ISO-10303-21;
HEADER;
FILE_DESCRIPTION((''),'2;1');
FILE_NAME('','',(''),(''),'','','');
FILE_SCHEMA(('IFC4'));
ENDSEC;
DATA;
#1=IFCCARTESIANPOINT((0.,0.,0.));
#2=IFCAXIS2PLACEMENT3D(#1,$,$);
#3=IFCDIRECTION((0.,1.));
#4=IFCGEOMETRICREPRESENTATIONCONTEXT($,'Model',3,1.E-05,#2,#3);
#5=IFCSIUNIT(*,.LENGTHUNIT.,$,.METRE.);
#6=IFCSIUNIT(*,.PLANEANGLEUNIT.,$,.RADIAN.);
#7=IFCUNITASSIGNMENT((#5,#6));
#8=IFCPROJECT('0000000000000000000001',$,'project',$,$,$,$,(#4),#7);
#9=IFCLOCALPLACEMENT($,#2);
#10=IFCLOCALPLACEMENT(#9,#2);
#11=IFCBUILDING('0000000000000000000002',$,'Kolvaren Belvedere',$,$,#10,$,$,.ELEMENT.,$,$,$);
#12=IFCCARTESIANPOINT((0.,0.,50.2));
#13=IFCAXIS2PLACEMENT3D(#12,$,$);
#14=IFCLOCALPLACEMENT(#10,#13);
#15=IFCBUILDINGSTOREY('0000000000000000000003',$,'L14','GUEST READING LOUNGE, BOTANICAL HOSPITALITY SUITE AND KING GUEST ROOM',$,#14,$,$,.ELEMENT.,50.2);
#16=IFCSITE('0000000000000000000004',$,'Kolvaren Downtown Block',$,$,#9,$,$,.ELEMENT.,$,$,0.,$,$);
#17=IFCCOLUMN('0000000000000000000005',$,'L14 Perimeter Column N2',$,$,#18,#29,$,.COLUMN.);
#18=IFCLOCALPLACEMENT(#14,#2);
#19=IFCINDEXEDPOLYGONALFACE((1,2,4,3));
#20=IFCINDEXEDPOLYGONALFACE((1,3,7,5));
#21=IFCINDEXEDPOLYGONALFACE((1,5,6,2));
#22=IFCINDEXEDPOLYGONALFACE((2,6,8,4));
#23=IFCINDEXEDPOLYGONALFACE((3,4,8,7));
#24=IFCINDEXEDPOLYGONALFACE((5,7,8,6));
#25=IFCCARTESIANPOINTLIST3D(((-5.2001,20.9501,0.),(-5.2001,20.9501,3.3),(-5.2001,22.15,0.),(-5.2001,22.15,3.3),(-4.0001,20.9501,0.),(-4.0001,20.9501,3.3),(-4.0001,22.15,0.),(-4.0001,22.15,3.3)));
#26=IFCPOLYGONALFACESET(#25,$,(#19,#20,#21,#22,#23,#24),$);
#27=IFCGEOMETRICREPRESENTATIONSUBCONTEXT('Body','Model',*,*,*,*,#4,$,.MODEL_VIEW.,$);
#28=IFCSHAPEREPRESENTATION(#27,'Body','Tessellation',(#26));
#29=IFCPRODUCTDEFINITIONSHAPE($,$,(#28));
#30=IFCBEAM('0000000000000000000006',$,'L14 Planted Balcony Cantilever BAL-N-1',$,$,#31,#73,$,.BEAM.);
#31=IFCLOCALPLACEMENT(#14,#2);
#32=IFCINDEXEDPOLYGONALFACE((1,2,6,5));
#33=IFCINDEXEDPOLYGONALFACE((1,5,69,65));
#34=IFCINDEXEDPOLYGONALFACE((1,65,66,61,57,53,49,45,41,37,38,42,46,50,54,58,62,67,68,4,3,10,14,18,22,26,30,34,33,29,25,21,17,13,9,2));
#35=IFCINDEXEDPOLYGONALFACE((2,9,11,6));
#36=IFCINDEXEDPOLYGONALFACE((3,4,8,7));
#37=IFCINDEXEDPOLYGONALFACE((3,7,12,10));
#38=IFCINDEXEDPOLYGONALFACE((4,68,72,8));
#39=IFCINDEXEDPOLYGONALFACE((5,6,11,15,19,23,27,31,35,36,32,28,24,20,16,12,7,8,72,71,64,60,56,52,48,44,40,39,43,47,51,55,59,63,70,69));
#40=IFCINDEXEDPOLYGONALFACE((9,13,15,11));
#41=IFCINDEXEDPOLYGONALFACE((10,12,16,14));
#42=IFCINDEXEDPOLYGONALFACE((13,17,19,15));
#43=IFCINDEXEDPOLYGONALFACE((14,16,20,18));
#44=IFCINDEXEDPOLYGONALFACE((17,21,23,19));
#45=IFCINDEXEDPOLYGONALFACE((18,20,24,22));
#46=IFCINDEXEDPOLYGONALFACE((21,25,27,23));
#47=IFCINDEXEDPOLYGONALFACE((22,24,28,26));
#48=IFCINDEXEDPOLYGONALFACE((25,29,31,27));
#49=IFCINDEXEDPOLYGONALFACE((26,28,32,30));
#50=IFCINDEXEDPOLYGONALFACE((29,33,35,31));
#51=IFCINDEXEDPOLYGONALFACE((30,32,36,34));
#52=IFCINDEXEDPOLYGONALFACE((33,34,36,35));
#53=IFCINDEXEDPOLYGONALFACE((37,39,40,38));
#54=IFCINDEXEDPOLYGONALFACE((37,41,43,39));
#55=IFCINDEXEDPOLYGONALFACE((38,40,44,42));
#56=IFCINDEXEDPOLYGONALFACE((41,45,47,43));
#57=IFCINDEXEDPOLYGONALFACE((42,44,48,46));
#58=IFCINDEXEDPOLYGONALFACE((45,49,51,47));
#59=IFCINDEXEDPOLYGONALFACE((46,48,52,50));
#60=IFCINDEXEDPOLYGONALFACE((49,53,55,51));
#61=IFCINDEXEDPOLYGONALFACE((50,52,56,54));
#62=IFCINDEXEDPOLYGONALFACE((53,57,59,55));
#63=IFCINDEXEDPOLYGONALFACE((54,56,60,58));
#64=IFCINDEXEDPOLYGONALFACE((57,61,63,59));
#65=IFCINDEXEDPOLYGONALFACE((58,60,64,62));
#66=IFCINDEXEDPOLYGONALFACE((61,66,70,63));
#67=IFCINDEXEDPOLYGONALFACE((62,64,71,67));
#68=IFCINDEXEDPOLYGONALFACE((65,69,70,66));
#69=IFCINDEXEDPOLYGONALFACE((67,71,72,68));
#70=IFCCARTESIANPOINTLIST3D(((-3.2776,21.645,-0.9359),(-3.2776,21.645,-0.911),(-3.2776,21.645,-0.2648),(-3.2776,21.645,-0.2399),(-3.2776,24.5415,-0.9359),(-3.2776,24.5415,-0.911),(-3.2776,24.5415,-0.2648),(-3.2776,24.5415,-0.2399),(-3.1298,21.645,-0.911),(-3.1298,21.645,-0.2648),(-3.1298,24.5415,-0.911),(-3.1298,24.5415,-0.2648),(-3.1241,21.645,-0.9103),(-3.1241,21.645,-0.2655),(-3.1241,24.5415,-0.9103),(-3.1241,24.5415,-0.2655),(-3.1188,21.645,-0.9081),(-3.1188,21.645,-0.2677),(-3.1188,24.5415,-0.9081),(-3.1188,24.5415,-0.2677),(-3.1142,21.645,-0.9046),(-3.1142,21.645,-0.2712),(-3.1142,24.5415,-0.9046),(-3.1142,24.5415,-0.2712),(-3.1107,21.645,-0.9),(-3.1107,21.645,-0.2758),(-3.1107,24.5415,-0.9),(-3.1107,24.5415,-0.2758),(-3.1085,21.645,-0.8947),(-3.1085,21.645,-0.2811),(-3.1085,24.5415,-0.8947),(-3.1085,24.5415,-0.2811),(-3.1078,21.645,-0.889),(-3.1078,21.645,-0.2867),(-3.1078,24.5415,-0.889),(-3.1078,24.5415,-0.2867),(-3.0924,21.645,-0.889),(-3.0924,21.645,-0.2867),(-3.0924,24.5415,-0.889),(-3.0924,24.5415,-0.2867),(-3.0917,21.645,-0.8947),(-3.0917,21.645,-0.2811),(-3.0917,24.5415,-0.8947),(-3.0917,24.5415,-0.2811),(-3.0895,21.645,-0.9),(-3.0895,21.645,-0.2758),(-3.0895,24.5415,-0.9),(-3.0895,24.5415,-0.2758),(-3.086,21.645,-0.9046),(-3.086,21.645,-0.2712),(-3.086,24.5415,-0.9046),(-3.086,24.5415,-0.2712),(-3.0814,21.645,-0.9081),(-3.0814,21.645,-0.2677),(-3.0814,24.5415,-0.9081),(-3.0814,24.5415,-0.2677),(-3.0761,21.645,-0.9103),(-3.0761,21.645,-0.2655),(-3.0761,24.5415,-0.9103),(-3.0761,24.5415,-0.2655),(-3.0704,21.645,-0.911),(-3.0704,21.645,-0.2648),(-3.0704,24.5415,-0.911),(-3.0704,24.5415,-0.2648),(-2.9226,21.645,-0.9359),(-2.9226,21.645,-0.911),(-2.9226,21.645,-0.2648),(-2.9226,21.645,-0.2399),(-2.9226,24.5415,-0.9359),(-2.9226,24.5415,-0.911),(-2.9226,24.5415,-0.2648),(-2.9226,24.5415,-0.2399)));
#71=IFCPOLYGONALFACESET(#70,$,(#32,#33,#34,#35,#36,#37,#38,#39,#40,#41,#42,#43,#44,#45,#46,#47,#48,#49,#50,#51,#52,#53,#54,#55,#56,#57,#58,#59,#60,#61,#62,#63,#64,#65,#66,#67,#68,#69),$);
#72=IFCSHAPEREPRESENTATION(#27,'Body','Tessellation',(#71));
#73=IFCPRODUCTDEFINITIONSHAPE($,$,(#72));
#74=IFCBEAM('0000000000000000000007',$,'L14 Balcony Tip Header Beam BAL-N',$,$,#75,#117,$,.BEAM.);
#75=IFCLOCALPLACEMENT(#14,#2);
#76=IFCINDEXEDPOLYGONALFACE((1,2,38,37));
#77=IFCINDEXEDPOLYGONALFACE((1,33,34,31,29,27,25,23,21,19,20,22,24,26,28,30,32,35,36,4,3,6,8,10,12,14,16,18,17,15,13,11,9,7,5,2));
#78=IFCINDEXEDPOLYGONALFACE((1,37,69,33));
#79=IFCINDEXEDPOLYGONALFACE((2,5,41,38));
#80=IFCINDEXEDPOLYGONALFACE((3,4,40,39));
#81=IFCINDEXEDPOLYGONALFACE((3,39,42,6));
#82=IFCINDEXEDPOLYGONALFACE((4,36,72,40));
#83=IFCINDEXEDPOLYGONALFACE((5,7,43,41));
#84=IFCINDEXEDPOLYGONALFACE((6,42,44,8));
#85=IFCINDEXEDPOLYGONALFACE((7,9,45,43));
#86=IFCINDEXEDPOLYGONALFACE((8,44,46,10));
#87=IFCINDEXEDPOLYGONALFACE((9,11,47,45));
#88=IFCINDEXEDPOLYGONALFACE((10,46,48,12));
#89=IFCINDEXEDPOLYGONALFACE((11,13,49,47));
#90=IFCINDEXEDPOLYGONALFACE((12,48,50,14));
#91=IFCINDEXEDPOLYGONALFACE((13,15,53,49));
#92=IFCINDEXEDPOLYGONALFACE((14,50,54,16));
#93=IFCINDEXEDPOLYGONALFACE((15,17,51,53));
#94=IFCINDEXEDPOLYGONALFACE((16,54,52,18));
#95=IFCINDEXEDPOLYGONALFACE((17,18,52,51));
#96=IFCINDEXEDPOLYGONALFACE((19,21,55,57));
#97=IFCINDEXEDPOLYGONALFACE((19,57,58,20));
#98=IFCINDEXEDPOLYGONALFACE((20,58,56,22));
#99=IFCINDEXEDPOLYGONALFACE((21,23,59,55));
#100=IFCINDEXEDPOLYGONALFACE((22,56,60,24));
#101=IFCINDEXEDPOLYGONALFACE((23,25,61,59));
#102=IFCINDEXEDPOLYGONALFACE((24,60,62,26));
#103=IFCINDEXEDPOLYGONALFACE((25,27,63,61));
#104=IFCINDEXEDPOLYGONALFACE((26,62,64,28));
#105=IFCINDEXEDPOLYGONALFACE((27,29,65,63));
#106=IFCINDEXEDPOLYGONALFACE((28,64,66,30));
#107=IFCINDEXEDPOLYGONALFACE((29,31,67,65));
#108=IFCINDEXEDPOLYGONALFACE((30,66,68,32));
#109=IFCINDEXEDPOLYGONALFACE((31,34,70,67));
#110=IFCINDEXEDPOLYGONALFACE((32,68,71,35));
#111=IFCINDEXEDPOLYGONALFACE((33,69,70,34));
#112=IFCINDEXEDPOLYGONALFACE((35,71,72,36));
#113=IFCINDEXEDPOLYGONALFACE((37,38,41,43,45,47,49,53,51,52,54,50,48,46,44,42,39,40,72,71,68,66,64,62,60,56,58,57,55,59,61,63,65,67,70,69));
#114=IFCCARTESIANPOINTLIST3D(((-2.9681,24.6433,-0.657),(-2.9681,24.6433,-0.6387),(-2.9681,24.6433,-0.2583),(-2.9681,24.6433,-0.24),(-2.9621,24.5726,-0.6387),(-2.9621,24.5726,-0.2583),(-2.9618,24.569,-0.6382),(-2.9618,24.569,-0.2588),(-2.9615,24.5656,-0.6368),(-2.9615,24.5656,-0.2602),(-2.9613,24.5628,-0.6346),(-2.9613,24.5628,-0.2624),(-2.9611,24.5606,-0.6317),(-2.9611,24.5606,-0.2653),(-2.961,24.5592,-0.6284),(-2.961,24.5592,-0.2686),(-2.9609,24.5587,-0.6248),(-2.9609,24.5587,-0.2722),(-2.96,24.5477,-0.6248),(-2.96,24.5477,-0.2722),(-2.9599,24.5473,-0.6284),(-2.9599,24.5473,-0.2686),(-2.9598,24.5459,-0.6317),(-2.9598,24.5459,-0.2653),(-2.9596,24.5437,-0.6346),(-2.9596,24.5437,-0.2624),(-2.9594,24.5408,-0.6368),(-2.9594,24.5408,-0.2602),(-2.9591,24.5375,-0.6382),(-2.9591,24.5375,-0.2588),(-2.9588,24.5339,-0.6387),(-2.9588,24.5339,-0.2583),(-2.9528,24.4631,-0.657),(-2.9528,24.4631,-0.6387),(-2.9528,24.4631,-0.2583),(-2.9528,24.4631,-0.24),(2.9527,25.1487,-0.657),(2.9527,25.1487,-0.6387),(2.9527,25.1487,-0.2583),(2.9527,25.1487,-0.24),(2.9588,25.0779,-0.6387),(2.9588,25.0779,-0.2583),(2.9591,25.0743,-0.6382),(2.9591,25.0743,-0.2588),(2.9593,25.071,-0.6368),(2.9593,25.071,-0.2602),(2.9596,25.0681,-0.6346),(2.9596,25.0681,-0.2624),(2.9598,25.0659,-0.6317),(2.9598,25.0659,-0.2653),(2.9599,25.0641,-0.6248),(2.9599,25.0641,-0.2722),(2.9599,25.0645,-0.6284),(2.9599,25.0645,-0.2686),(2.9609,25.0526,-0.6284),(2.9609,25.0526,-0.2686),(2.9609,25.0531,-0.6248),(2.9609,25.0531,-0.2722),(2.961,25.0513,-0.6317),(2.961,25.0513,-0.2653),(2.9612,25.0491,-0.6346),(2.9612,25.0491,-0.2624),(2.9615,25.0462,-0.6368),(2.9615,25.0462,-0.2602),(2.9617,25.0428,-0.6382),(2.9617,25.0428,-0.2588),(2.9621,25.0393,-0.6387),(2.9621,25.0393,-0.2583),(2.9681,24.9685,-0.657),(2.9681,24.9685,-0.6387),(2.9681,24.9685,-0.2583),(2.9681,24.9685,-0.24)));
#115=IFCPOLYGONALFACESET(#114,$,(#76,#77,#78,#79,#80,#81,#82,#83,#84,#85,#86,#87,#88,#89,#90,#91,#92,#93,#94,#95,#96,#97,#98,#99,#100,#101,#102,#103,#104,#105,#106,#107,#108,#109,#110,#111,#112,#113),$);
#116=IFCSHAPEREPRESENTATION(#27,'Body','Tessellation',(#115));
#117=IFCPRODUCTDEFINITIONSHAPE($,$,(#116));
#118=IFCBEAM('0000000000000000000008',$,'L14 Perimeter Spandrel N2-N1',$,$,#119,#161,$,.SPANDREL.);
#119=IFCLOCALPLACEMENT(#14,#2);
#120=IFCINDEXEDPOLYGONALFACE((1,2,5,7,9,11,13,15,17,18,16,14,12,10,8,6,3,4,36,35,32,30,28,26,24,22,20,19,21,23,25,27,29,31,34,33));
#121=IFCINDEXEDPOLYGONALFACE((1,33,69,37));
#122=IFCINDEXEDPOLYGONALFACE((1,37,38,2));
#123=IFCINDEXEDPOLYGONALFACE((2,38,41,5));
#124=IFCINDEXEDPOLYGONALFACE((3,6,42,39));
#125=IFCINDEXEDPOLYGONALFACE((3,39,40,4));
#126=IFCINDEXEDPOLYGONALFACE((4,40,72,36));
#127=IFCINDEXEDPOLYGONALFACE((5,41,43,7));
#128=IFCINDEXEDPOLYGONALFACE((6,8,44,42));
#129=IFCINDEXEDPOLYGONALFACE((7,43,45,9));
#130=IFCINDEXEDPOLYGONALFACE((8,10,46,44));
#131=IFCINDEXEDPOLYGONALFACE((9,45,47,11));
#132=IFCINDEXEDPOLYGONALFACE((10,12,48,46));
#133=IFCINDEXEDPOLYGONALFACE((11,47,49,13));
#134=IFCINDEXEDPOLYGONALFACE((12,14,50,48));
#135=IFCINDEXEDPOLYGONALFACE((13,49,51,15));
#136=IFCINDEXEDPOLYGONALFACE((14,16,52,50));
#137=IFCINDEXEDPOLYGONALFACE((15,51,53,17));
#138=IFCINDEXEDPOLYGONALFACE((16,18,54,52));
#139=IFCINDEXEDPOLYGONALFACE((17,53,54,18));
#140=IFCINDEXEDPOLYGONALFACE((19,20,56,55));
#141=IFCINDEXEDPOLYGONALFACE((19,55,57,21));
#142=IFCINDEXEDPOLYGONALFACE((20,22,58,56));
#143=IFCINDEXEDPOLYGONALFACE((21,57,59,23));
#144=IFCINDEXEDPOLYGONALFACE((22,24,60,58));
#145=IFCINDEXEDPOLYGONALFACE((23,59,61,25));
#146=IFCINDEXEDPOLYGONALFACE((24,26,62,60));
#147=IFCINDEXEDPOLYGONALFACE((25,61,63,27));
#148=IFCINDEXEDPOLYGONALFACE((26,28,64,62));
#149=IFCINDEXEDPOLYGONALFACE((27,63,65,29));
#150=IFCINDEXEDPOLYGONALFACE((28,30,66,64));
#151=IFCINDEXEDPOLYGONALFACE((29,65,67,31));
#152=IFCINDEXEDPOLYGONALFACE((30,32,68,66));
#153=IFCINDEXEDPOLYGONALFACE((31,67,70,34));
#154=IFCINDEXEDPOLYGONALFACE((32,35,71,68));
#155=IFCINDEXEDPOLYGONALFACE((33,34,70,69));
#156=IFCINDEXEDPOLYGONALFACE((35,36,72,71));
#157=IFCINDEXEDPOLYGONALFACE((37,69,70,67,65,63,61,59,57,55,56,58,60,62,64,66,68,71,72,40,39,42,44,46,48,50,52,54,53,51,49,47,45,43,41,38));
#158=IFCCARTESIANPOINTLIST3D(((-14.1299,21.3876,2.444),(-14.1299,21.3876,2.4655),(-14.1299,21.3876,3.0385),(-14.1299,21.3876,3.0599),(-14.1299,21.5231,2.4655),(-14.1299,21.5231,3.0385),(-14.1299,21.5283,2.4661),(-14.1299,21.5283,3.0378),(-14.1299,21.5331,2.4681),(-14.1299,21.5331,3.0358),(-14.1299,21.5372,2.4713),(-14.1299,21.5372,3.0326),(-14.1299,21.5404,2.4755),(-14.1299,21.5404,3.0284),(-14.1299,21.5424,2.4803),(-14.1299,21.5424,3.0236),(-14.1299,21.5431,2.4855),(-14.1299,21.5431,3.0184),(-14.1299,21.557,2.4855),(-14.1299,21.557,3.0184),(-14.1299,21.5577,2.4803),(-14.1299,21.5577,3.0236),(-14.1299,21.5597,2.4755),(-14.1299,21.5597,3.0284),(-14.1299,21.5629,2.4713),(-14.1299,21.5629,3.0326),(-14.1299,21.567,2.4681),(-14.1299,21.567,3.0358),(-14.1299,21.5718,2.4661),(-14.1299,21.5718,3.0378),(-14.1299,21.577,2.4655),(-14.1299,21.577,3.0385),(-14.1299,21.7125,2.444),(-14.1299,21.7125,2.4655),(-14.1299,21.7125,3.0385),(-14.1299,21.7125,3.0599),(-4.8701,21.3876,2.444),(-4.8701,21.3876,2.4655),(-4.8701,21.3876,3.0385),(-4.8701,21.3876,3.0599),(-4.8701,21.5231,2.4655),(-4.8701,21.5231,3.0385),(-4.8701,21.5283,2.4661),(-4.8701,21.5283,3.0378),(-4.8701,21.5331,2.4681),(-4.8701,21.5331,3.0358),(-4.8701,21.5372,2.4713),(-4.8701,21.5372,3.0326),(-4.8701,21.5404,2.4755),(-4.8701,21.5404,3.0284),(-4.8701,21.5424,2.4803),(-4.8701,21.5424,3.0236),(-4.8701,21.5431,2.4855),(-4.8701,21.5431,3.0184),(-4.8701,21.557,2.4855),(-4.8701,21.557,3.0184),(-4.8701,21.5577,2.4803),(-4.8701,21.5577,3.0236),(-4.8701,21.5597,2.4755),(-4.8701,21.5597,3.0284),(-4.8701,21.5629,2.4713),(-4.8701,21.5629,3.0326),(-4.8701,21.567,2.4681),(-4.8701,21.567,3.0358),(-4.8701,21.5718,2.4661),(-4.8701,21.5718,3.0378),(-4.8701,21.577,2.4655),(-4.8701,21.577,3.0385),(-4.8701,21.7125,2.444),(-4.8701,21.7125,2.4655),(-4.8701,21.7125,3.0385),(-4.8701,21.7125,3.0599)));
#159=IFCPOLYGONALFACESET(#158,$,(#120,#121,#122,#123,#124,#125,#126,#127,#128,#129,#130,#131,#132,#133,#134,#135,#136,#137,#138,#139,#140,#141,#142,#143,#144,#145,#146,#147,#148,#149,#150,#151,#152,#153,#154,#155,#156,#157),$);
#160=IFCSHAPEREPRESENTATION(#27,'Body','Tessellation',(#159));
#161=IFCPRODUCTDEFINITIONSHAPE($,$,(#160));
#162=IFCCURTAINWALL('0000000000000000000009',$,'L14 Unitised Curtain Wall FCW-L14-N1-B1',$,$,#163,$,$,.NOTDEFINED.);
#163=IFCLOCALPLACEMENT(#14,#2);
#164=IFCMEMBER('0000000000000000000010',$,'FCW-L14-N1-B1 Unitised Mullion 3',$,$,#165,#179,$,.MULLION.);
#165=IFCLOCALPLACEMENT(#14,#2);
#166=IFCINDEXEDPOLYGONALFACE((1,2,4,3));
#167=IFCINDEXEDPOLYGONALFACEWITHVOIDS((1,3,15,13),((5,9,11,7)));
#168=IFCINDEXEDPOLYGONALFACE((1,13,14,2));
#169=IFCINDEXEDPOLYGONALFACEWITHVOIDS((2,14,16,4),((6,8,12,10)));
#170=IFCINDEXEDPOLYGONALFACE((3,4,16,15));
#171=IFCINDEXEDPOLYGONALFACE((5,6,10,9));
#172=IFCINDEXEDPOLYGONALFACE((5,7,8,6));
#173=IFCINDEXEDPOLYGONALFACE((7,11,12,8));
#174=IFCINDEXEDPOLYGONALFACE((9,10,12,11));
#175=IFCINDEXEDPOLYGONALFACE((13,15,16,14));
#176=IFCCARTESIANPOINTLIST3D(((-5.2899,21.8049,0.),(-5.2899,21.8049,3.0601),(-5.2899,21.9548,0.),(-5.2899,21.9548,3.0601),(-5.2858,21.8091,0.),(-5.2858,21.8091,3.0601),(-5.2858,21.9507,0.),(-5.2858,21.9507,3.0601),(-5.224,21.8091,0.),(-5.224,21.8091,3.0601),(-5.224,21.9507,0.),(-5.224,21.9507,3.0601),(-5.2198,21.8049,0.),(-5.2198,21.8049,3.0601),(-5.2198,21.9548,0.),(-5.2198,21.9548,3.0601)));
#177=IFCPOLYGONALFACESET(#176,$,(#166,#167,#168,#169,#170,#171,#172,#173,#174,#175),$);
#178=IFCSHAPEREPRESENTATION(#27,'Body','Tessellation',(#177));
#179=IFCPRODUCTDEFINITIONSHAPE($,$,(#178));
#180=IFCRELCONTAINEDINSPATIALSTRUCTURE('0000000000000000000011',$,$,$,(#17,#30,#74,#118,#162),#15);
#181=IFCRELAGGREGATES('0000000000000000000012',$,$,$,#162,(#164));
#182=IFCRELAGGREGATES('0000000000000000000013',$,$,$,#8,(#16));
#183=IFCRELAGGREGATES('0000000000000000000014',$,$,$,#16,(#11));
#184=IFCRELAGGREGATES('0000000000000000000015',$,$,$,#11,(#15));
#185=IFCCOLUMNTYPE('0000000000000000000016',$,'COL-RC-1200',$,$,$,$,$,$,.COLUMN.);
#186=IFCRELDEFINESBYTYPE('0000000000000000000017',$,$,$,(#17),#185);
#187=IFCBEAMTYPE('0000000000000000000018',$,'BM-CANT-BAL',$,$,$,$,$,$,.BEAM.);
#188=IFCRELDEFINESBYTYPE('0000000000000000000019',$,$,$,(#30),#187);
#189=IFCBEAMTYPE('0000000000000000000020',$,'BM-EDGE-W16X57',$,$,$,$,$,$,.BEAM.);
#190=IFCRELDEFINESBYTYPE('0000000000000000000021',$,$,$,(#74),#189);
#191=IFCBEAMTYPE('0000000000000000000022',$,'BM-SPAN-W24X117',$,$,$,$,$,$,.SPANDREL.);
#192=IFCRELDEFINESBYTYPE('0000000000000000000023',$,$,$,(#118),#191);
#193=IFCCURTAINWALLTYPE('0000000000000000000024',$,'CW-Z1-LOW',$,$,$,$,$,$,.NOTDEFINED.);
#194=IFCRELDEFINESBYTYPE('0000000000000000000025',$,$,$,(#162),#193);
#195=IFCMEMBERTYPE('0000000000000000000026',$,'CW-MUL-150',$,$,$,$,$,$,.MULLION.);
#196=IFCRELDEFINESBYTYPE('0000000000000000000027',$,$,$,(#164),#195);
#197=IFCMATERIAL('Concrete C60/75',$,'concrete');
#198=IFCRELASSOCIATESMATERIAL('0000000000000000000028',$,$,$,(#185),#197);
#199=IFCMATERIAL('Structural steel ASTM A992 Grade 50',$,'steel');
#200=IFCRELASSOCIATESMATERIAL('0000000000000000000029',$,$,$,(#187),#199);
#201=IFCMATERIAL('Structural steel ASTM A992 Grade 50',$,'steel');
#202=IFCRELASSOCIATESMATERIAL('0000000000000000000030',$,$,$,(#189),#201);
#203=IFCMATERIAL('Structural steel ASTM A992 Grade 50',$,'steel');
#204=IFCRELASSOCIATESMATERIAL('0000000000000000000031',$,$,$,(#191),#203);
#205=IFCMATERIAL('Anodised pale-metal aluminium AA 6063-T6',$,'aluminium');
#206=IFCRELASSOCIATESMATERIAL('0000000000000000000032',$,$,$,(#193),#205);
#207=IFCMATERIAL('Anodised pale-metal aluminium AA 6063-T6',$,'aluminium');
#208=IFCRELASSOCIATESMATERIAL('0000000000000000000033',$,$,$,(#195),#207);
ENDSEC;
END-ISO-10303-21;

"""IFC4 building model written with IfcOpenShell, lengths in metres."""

from ifc_helpers import new_model, si_unit, direction, frame, origin, origin_2d, place, context, subcontext, project, spatial, rectangle, hollow_rectangle, i_section, extrude, material, material_profile, profile_set, type_object, element, aggregate, save


model = new_model("IFC4")

# Units and contexts
model_context = context("Model", 3, precision=1e-05, world=origin(), true_north=direction((0.0, 1.0)))
body_context = subcontext(model_context, "Body", "Model", "MODEL_VIEW")
ifc_project = project(units=[si_unit("LENGTHUNIT", "METRE"), si_unit("PLANEANGLEUNIT", "RADIAN")], contexts=[model_context])

# Site, building, storey
site_placement = place(None, origin())
site = spatial("IfcSite", under=ifc_project, at=site_placement, Name="Kolvaren Downtown Block", CompositionType="ELEMENT", RefElevation=0.0)
building_placement = place(site_placement, origin())
building = spatial("IfcBuilding", under=site, at=building_placement, Name="Kolvaren Belvedere", CompositionType="ELEMENT")
storey_placement = place(building_placement, frame((0.0, 0.0, 50.2)))
storey = spatial("IfcBuildingStorey", under=building, at=storey_placement, Name="L14", Description="GUEST READING LOUNGE, BOTANICAL HOSPITALITY SUITE AND KING GUEST ROOM", CompositionType="ELEMENT", Elevation=50.2)

# Column
ifc_material_1 = material(Name="Concrete C60/75", Category="concrete")
ifc_material_profile_1 = material_profile(ifc_material_1, rectangle(XDim=1.2, YDim=1.2, at=origin_2d()), Name="RC 1200X1200")
ifc_profile_set_1 = profile_set([ifc_material_profile_1], Name="Concrete C60/75")
column_type = type_object("IfcColumnType", Name="COL-RC-1200", PredefinedType="COLUMN", material=ifc_profile_set_1)
column_placement = place(storey_placement, frame((-4.6001, 21.55, 0.0), z_axis=(0.0, 0.0, 1.0), x_axis=(1.0, 0.0, 0.0)))
element("IfcColumn", 1, at=column_placement, inside=storey, type_object=column_type, Name="L14 Perimeter Column N2", PredefinedType="COLUMN", context=body_context, shape_type="SweptSolid", body=[
    extrude(rectangle(XDim=1.2, YDim=1.2, at=origin_2d()), origin(), (0.0, 0.0, 1.0), 3.3),
])

# Beams
ifc_material_2 = material(Name="Structural steel ASTM A992 Grade 50", Category="steel")
ifc_material_profile_2 = material_profile(ifc_material_2, i_section(OverallWidth=0.355, OverallDepth=0.696, WebThickness=0.0154, FlangeThickness=0.0249, FilletRadius=0.022, at=origin_2d()), Name="W27X146")
ifc_profile_set_2 = profile_set([ifc_material_profile_2], Name="Structural steel ASTM A992 Grade 50")
beam_type_1 = type_object("IfcBeamType", Name="BM-CANT-BAL", PredefinedType="BEAM", material=ifc_profile_set_2)
beam_1_placement = place(storey_placement, frame((-3.1001, 21.645, -0.5879), z_axis=(0.0, 1.0, 0.0), x_axis=(-1.0, 0.0, 0.0)))
element("IfcBeam", 2, at=beam_1_placement, inside=storey, type_object=beam_type_1, Name="L14 Planted Balcony Cantilever BAL-N-1", PredefinedType="BEAM", context=body_context, shape_type="SweptSolid", body=[
    extrude(i_section(OverallWidth=0.355, OverallDepth=0.696, WebThickness=0.0154, FlangeThickness=0.0249, FilletRadius=0.022, at=origin_2d()), origin(), (0.0, 0.0, 1.0), 2.8965),
])
ifc_material_3 = material(Name="Structural steel ASTM A992 Grade 50", Category="steel")
ifc_material_profile_3 = material_profile(ifc_material_3, i_section(OverallWidth=0.1809, OverallDepth=0.417, WebThickness=0.011, FlangeThickness=0.0183, FilletRadius=0.0139, at=origin_2d()), Name="W16X57")
ifc_profile_set_3 = profile_set([ifc_material_profile_3], Name="Structural steel ASTM A992 Grade 50")
beam_type_2 = type_object("IfcBeamType", Name="BM-EDGE-W16X57", PredefinedType="BEAM", material=ifc_profile_set_3)
beam_2_placement = place(storey_placement, frame((-2.9604, 24.5532, -0.4485), z_axis=(0.996377, 0.085045, 0.0), x_axis=(-0.085045, 0.996377, 0.0)))
element("IfcBeam", 3, at=beam_2_placement, inside=storey, type_object=beam_type_2, Name="L14 Balcony Tip Header Beam BAL-N", PredefinedType="BEAM", context=body_context, shape_type="SweptSolid", body=[
    extrude(i_section(OverallWidth=0.1809, OverallDepth=0.417, WebThickness=0.011, FlangeThickness=0.0183, FilletRadius=0.0139, at=origin_2d()), origin(), (0.0, 0.0, 1.0), 5.9424),
])
ifc_material_4 = material(Name="Structural steel ASTM A992 Grade 50", Category="steel")
ifc_material_profile_4 = material_profile(ifc_material_4, i_section(OverallWidth=0.325, OverallDepth=0.616, WebThickness=0.0139, FlangeThickness=0.0215, FilletRadius=0.02, at=origin_2d()), Name="W24X117")
ifc_profile_set_4 = profile_set([ifc_material_profile_4], Name="Structural steel ASTM A992 Grade 50")
beam_type_3 = type_object("IfcBeamType", Name="BM-SPAN-W24X117", PredefinedType="SPANDREL", material=ifc_profile_set_4)
beam_3_placement = place(storey_placement, frame((-4.8701, 21.55, 2.752), z_axis=(-1.0, 0.0, 0.0), x_axis=(0.0, -1.0, 0.0)))
element("IfcBeam", 4, at=beam_3_placement, inside=storey, type_object=beam_type_3, Name="L14 Perimeter Spandrel N2-N1", PredefinedType="SPANDREL", context=body_context, shape_type="SweptSolid", body=[
    extrude(i_section(OverallWidth=0.325, OverallDepth=0.616, WebThickness=0.0139, FlangeThickness=0.0215, FilletRadius=0.02, at=origin_2d()), origin(), (0.0, 0.0, 1.0), 9.2598),
])

# Curtain wall, member
ifc_material_5 = material(Name="Anodised pale-metal aluminium AA 6063-T6", Category="aluminium")
curtain_wall_type = type_object("IfcCurtainWallType", Name="CW-Z1-LOW", PredefinedType="NOTDEFINED", material=ifc_material_5)
curtain_wall_1_placement = place(storey_placement, origin())
curtain_wall_1 = element("IfcCurtainWall", 5, at=curtain_wall_1_placement, inside=storey, type_object=curtain_wall_type, Name="L14 Unitised Curtain Wall FCW-L14-N1-B1", PredefinedType="NOTDEFINED")
ifc_material_6 = material(Name="Anodised pale-metal aluminium AA 6063-T6", Category="aluminium")
ifc_material_profile_5 = material_profile(ifc_material_6, hollow_rectangle(XDim=0.0701, YDim=0.1499, WallThickness=0.0042, at=origin_2d()), Name="ALU-MUL-150X70")
ifc_profile_set_5 = profile_set([ifc_material_profile_5], Name="Anodised pale-metal aluminium AA 6063-T6")
member_type_1 = type_object("IfcMemberType", Name="CW-MUL-150", PredefinedType="MULLION", material=ifc_profile_set_5)
member_1_placement = place(storey_placement, frame((-5.2549, 21.8799, 0.0), z_axis=(0.0, 0.0, 1.0), x_axis=(1.0, 0.0, 0.0)))
member_1 = element("IfcMember", 6, at=member_1_placement, type_object=member_type_1, Name="FCW-L14-N1-B1 Unitised Mullion 3", PredefinedType="MULLION", context=body_context, shape_type="SweptSolid", body=[
    extrude(hollow_rectangle(XDim=0.0701, YDim=0.1499, WallThickness=0.0042, at=origin_2d()), origin(), (0.0, 0.0, 1.0), 3.0601),
])
aggregate(curtain_wall_1, [member_1])

save(model, "model.ifc")
